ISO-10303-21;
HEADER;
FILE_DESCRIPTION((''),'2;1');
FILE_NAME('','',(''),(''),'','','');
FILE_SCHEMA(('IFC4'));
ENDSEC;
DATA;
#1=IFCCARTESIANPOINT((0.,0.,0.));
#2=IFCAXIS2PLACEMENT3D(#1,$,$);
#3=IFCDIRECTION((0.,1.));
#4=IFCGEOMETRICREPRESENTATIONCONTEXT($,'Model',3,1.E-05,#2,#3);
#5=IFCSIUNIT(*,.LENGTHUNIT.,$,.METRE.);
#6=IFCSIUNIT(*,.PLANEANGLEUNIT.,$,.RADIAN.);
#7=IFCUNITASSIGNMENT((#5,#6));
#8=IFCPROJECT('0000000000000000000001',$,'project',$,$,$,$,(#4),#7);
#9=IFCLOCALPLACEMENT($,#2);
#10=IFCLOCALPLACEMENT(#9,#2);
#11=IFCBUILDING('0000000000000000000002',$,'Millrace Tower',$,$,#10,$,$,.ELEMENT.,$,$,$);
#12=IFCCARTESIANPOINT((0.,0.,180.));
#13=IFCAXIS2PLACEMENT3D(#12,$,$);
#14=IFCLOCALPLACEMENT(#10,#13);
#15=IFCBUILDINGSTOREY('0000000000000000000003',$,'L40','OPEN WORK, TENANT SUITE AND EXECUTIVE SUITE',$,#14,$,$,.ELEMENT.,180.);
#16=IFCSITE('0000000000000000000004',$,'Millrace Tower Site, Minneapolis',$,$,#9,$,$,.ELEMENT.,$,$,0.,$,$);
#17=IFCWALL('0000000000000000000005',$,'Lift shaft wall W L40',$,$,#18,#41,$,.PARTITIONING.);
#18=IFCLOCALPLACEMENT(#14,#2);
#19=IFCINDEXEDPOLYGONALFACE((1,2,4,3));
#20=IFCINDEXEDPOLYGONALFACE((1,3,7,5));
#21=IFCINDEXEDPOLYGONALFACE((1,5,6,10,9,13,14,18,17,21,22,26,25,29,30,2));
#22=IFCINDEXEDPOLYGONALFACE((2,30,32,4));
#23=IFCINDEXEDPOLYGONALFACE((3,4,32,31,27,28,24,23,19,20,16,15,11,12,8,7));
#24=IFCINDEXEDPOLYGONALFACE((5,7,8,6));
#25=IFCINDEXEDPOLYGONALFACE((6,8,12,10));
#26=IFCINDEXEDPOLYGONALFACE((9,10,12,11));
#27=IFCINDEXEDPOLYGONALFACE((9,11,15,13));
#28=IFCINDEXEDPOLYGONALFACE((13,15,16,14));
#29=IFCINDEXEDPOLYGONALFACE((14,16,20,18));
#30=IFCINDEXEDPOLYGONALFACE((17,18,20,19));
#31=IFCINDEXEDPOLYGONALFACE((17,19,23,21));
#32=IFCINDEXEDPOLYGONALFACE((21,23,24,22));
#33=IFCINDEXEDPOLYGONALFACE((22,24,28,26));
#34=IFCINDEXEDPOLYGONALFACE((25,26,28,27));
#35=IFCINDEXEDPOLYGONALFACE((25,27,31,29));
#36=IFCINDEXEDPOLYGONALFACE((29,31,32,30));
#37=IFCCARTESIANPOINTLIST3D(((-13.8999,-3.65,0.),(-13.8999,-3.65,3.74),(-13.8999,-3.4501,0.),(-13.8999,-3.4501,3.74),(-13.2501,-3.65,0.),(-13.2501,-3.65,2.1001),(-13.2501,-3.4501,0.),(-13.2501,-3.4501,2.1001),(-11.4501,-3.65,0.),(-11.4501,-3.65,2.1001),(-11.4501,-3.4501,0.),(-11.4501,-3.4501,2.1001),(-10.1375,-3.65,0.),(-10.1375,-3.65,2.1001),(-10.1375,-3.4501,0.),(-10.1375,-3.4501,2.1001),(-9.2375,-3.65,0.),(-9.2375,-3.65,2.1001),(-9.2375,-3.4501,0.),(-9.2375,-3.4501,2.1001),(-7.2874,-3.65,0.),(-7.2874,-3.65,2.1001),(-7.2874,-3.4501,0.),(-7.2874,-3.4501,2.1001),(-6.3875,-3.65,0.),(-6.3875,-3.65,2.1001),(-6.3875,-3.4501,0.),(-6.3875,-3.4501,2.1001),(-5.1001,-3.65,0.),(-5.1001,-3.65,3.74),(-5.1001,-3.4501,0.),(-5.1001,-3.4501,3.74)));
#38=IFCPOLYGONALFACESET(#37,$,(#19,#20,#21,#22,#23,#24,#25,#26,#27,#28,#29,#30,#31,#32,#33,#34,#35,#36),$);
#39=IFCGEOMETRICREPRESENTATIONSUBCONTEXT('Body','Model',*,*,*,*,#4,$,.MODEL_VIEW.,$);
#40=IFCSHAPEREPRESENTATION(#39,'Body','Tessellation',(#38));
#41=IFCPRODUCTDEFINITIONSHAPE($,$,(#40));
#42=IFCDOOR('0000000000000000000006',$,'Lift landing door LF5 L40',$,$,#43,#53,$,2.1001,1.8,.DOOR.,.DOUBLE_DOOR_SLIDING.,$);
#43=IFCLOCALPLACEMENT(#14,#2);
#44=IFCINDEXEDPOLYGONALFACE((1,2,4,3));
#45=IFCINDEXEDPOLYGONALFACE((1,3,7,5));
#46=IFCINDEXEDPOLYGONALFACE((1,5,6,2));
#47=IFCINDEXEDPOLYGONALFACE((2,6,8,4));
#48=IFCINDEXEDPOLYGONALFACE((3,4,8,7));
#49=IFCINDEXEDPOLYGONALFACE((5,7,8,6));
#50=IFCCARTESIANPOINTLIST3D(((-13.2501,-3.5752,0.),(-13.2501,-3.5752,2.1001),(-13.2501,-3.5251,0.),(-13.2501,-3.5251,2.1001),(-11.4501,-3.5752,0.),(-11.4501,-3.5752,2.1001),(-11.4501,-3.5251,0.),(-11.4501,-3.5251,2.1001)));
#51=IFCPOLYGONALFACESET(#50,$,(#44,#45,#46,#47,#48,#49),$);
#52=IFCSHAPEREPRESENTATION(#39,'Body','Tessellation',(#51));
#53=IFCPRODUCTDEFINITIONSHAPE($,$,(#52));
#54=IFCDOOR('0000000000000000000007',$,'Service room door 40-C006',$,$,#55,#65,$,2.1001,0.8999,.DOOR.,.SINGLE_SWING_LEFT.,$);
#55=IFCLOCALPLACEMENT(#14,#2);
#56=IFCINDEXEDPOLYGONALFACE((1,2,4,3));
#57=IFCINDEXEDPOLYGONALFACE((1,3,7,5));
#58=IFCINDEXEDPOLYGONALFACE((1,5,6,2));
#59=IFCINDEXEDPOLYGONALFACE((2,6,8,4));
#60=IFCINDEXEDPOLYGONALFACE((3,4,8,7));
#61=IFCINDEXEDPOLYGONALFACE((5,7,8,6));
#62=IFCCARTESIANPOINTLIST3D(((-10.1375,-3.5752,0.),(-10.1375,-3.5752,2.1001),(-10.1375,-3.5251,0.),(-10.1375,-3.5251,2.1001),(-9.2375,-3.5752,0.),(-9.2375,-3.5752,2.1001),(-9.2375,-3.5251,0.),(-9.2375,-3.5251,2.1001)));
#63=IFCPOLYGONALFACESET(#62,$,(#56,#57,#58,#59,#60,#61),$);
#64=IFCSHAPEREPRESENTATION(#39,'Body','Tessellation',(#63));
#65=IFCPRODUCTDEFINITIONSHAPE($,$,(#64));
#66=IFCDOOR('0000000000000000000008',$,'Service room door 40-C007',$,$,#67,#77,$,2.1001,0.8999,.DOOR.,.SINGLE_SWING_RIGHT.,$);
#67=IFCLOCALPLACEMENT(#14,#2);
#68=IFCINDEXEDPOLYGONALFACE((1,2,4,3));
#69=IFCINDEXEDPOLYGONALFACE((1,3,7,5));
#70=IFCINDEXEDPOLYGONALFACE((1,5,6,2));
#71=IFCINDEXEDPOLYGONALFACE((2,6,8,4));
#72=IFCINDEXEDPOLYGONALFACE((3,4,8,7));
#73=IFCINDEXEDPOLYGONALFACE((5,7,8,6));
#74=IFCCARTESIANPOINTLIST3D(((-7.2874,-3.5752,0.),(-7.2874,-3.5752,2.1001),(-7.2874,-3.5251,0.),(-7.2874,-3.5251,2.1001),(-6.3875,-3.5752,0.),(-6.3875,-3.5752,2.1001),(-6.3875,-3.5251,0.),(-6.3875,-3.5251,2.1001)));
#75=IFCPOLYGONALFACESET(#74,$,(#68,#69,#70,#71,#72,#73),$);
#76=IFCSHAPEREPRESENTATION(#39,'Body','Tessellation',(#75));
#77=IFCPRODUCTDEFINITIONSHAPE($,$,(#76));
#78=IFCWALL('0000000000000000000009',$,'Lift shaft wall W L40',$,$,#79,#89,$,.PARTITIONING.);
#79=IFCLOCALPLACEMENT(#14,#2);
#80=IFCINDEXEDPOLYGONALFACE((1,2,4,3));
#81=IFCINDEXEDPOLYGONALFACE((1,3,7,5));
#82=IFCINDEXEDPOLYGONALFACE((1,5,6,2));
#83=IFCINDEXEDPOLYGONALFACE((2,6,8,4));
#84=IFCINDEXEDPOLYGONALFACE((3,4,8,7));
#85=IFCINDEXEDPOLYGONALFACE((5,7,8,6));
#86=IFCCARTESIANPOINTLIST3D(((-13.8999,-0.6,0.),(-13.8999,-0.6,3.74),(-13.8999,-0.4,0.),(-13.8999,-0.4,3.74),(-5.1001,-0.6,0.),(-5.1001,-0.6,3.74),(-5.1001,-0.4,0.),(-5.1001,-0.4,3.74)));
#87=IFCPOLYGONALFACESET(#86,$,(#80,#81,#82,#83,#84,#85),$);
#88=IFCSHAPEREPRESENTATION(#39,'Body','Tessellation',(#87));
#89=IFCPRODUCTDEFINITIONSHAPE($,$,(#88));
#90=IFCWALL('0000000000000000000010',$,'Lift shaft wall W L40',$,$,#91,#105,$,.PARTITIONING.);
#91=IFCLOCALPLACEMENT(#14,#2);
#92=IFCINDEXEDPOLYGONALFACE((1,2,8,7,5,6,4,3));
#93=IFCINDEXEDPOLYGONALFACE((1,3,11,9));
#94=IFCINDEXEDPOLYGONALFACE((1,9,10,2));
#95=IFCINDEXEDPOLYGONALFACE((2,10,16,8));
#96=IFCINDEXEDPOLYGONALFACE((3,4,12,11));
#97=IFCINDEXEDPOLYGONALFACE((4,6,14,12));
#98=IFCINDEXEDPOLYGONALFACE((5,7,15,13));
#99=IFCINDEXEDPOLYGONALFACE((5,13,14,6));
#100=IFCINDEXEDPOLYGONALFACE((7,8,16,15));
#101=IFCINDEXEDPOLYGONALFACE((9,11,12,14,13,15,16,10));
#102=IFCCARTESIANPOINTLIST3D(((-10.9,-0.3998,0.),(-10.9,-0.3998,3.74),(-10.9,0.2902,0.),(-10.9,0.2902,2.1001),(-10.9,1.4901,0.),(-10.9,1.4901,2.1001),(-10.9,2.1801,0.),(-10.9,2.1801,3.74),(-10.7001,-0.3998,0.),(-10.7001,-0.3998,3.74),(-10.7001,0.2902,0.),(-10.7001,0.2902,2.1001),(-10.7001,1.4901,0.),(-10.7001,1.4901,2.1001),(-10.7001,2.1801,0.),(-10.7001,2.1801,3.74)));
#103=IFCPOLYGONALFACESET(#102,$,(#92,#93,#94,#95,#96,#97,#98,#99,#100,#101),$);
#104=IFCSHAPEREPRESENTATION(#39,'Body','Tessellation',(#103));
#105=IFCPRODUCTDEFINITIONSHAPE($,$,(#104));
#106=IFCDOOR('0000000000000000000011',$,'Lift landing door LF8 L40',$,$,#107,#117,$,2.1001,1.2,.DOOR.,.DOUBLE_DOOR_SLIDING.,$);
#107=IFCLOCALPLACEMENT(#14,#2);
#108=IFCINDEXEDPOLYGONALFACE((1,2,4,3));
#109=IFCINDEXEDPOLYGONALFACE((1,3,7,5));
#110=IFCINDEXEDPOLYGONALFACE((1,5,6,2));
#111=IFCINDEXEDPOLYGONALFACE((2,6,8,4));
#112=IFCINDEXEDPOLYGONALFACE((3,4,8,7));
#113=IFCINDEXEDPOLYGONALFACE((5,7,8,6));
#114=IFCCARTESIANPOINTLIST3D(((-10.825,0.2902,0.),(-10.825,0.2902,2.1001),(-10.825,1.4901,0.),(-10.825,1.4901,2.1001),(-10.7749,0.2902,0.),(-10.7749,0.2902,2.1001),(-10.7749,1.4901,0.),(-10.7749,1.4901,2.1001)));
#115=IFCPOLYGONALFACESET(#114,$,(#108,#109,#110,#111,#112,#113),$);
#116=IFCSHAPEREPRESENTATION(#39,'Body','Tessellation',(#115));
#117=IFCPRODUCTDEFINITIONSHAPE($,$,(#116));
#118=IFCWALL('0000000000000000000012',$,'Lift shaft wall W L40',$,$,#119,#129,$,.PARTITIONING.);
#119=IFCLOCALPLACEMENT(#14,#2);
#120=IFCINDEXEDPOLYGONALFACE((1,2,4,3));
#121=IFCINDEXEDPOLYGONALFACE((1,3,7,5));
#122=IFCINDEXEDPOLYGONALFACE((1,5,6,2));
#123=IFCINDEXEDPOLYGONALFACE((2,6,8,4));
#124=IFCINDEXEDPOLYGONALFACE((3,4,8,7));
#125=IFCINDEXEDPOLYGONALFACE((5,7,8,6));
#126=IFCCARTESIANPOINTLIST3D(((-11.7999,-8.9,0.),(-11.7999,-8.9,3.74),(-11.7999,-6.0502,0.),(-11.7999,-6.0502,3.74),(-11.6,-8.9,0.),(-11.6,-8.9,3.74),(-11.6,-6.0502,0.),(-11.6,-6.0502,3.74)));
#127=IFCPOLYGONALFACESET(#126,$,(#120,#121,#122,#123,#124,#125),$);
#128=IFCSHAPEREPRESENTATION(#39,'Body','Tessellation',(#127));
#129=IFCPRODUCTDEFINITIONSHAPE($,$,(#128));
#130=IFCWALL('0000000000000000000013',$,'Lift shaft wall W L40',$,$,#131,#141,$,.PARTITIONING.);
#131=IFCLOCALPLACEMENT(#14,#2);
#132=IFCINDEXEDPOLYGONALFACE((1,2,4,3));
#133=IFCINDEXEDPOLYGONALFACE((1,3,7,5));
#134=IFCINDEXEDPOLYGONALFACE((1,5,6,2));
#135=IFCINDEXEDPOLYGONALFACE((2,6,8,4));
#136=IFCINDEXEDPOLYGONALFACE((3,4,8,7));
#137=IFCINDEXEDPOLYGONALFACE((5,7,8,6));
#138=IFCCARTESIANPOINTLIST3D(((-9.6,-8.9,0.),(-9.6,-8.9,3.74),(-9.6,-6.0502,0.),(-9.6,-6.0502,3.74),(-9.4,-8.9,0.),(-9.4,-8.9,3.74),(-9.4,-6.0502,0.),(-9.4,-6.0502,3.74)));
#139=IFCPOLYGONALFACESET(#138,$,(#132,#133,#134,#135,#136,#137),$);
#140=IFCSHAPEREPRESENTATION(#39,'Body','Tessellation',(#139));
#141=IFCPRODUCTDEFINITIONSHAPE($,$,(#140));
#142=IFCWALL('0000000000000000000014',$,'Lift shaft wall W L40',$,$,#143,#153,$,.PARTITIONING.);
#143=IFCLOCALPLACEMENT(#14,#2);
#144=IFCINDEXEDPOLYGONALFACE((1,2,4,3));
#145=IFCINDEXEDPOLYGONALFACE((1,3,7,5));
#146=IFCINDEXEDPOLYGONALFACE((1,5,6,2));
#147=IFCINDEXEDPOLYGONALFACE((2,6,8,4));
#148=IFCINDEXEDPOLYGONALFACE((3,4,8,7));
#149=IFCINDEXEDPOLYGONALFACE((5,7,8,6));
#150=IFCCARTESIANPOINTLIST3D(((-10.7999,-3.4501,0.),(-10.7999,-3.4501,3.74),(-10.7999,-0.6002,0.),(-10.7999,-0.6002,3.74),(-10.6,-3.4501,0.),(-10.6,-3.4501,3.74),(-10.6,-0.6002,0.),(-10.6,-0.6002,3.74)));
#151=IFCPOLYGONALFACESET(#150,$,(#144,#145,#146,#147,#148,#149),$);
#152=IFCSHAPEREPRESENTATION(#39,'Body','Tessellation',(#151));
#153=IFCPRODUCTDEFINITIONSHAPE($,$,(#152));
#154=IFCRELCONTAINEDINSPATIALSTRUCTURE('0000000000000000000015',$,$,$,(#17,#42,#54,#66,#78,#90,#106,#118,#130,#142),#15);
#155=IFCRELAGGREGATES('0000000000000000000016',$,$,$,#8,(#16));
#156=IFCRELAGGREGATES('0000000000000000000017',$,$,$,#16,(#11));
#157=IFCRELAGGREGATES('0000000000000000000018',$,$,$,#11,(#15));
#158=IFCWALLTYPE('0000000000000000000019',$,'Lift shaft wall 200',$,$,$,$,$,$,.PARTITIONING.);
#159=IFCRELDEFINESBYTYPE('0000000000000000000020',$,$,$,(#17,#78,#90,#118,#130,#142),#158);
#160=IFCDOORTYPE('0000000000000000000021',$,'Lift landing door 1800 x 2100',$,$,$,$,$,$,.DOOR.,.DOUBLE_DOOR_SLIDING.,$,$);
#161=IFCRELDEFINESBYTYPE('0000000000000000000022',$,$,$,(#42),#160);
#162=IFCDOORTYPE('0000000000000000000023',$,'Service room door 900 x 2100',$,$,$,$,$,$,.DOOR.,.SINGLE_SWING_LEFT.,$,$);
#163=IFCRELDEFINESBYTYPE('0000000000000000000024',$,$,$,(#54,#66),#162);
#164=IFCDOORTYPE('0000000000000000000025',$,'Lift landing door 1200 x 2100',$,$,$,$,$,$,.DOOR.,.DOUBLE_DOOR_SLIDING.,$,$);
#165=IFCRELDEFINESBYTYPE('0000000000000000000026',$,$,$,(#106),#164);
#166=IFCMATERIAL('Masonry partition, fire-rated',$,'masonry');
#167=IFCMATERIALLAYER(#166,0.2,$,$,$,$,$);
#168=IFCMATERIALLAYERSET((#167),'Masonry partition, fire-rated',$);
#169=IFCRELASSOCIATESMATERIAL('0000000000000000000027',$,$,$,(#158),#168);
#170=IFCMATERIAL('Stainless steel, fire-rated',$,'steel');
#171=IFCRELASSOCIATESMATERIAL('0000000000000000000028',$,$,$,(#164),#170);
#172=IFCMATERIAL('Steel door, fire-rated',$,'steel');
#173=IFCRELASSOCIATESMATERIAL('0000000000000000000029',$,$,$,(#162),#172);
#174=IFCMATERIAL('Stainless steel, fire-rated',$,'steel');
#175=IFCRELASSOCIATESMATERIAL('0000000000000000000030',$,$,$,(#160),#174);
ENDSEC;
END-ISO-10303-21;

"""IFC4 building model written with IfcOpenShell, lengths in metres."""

from ifc_helpers import new_model, si_unit, direction, frame, frame_2d, origin, place, context, subcontext, project, spatial, rectangle, extrude, material, layer, layer_set, type_object, element, fill, save


model = new_model("IFC4")

# Units and contexts
model_context = context("Model", 3, precision=1e-05, world=origin(), true_north=direction((0.0, 1.0)))
body_context = subcontext(model_context, "Body", "Model", "MODEL_VIEW")
ifc_project = project(units=[si_unit("LENGTHUNIT", "METRE"), si_unit("PLANEANGLEUNIT", "RADIAN")], contexts=[model_context])

# Site, building, storey
site_placement = place(None, origin())
site = spatial("IfcSite", under=ifc_project, at=site_placement, Name="Millrace Tower Site, Minneapolis", CompositionType="ELEMENT", RefElevation=0.0)
building_placement = place(site_placement, origin())
building = spatial("IfcBuilding", under=site, at=building_placement, Name="Millrace Tower", CompositionType="ELEMENT")
storey_placement = place(building_placement, frame((0.0, 0.0, 180.0)))
storey = spatial("IfcBuildingStorey", under=building, at=storey_placement, Name="L40", Description="OPEN WORK, TENANT SUITE AND EXECUTIVE SUITE", CompositionType="ELEMENT", Elevation=180.0)

# Wall, openings, doors
ifc_material_1 = material(Name="Masonry partition, fire-rated", Category="masonry")
ifc_layer_1 = layer(ifc_material_1, 0.2)
ifc_layer_set_1 = layer_set([ifc_layer_1], Name="Masonry partition, fire-rated")
wall_type_1 = type_object("IfcWallType", Name="Lift shaft wall 200", PredefinedType="PARTITIONING", material=ifc_layer_set_1)
ifc_material_2 = material(Name="Stainless steel, fire-rated", Category="steel")
door_type_1 = type_object("IfcDoorType", Name="Lift landing door 1200 x 2100", OperationType="DOUBLE_DOOR_SLIDING", PredefinedType="DOOR", material=ifc_material_2)
ifc_material_3 = material(Name="Steel door, fire-rated", Category="steel")
door_type_2 = type_object("IfcDoorType", Name="Service room door 900 x 2100", OperationType="SINGLE_SWING_LEFT", PredefinedType="DOOR", material=ifc_material_3)
wall_1_placement = place(storey_placement, frame((-13.8999, -3.55, 0.0), z_axis=(0.0, 0.0, 1.0), x_axis=(1.0, 0.0, 0.0)))
wall_1 = element("IfcWall", 1, at=wall_1_placement, inside=storey, type_object=wall_type_1, Name="Lift shaft wall W L40", PredefinedType="PARTITIONING", context=body_context, shape_type="SweptSolid", body=[
    extrude(rectangle(XDim=8.7998, YDim=0.2, at=frame_2d((4.3999, 0.0))), origin(), (0.0, 0.0, 1.0), 3.74),
])
opening_1_placement = place(wall_1_placement, frame((0.6499, 0.0, 0.0)))
opening_1 = element("IfcOpeningElement", 2, at=opening_1_placement, cuts=wall_1, PredefinedType="OPENING", context=body_context, shape_type="SweptSolid", body=[
    extrude(rectangle(XDim=1.8, YDim=2.1001, at=frame_2d((0.8999, 1.05))), frame((0.0, 0.1099, 0.0), z_axis=(0.0, -1.0, 0.0), x_axis=(1.0, 0.0, 0.0)), (0.0, 0.0, 1.0), 0.22),
])
opening_2_placement = place(wall_1_placement, frame((3.7625, 0.0, 0.0)))
opening_2 = element("IfcOpeningElement", 3, at=opening_2_placement, cuts=wall_1, PredefinedType="OPENING", context=body_context, shape_type="SweptSolid", body=[
    extrude(rectangle(XDim=0.8999, YDim=2.1001, at=frame_2d((0.45, 1.05))), frame((0.0, 0.1099, 0.0), z_axis=(0.0, -1.0, 0.0), x_axis=(1.0, 0.0, 0.0)), (0.0, 0.0, 1.0), 0.22),
])
opening_3_placement = place(wall_1_placement, frame((6.6125, 0.0, 0.0)))
opening_3 = element("IfcOpeningElement", 4, at=opening_3_placement, cuts=wall_1, PredefinedType="OPENING", context=body_context, shape_type="SweptSolid", body=[
    extrude(rectangle(XDim=0.8999, YDim=2.1001, at=frame_2d((0.45, 1.05))), frame((0.0, 0.1099, 0.0), z_axis=(0.0, -1.0, 0.0), x_axis=(1.0, 0.0, 0.0)), (0.0, 0.0, 1.0), 0.22),
])
ifc_material_4 = material(Name="Stainless steel, fire-rated", Category="steel")
door_type_3 = type_object("IfcDoorType", Name="Lift landing door 1800 x 2100", OperationType="DOUBLE_DOOR_SLIDING", PredefinedType="DOOR", material=ifc_material_4)
door_1_placement = place(opening_1_placement, origin())
door_1 = element("IfcDoor", 5, at=door_1_placement, inside=storey, type_object=door_type_3, Name="Lift landing door LF5 L40", OperationType="DOUBLE_DOOR_SLIDING", OverallHeight=2.1001, OverallWidth=1.8, PredefinedType="DOOR", context=body_context, shape_type="SweptSolid", body=[
    extrude(rectangle(XDim=1.8, YDim=2.1001, at=frame_2d((0.8999, 1.05))), frame((0.0, 0.0249, 0.0), z_axis=(0.0, -1.0, 0.0), x_axis=(1.0, 0.0, 0.0)), (0.0, 0.0, 1.0), 0.05),
])
fill(opening_1, door_1)
door_2_placement = place(opening_2_placement, origin())
door_2 = element("IfcDoor", 6, at=door_2_placement, inside=storey, type_object=door_type_2, Name="Service room door 40-C006", OperationType="SINGLE_SWING_LEFT", OverallHeight=2.1001, OverallWidth=0.8999, PredefinedType="DOOR", context=body_context, shape_type="SweptSolid", body=[
    extrude(rectangle(XDim=0.8999, YDim=2.1001, at=frame_2d((0.45, 1.05))), frame((0.0, 0.0249, 0.0), z_axis=(0.0, -1.0, 0.0), x_axis=(1.0, 0.0, 0.0)), (0.0, 0.0, 1.0), 0.05),
])
fill(opening_2, door_2)
door_3_placement = place(opening_3_placement, origin())
door_3 = element("IfcDoor", 7, at=door_3_placement, inside=storey, type_object=door_type_2, Name="Service room door 40-C007", OperationType="SINGLE_SWING_RIGHT", OverallHeight=2.1001, OverallWidth=0.8999, PredefinedType="DOOR", context=body_context, shape_type="SweptSolid", body=[
    extrude(rectangle(XDim=0.8999, YDim=2.1001, at=frame_2d((0.45, 1.05))), frame((0.0, 0.0249, 0.0), z_axis=(0.0, -1.0, 0.0), x_axis=(1.0, 0.0, 0.0)), (0.0, 0.0, 1.0), 0.05),
])
fill(opening_3, door_3)

# Wall
wall_2_placement = place(storey_placement, frame((-13.8999, -0.5, 0.0), z_axis=(0.0, 0.0, 1.0), x_axis=(1.0, 0.0, 0.0)))
element("IfcWall", 8, at=wall_2_placement, inside=storey, type_object=wall_type_1, Name="Lift shaft wall W L40", PredefinedType="PARTITIONING", context=body_context, shape_type="SweptSolid", body=[
    extrude(rectangle(XDim=8.7998, YDim=0.2, at=frame_2d((4.3999, 0.0))), origin(), (0.0, 0.0, 1.0), 3.74),
])

# Wall, opening, door
wall_3_placement = place(storey_placement, frame((-10.8, -0.3999, 0.0), z_axis=(0.0, 0.0, 1.0), x_axis=(0.0, 1.0, 0.0)))
wall_3 = element("IfcWall", 9, at=wall_3_placement, inside=storey, type_object=wall_type_1, Name="Lift shaft wall W L40", PredefinedType="PARTITIONING", context=body_context, shape_type="SweptSolid", body=[
    extrude(rectangle(XDim=2.5798, YDim=0.2, at=frame_2d((1.29, 0.0))), origin(), (0.0, 0.0, 1.0), 3.74),
])
opening_4_placement = place(wall_3_placement, frame((0.6899, 0.0, 0.0)))
opening_4 = element("IfcOpeningElement", 10, at=opening_4_placement, cuts=wall_3, PredefinedType="OPENING", context=body_context, shape_type="SweptSolid", body=[
    extrude(rectangle(XDim=1.2, YDim=2.1001, at=frame_2d((0.6001, 1.05))), frame((0.0, 0.1099, 0.0), z_axis=(0.0, -1.0, 0.0), x_axis=(1.0, 0.0, 0.0)), (0.0, 0.0, 1.0), 0.22),
])
door_4_placement = place(opening_4_placement, origin())
door_4 = element("IfcDoor", 11, at=door_4_placement, inside=storey, type_object=door_type_1, Name="Lift landing door LF8 L40", OperationType="DOUBLE_DOOR_SLIDING", OverallHeight=2.1001, OverallWidth=1.2, PredefinedType="DOOR", context=body_context, shape_type="SweptSolid", body=[
    extrude(rectangle(XDim=1.2, YDim=2.1001, at=frame_2d((0.6001, 1.05))), frame((0.0, 0.0249, 0.0), z_axis=(0.0, -1.0, 0.0), x_axis=(1.0, 0.0, 0.0)), (0.0, 0.0, 1.0), 0.05),
])
fill(opening_4, door_4)

# Walls
for number, where, z_axis, x_axis, name in (
    (12, (-11.7, -8.8999, 0.0), (0.0, 0.0, 1.0), (0.0, 1.0, 0.0), "Lift shaft wall W L40"),
    (13, (-9.5, -8.8999, 0.0), (0.0, 0.0, 1.0), (0.0, 1.0, 0.0), "Lift shaft wall W L40"),
    (14, (-10.7, -3.45, 0.0), (0.0, 0.0, 1.0), (0.0, 1.0, 0.0), "Lift shaft wall W L40"),
):
    element("IfcWall", number, at=place(storey_placement, frame(where, z_axis=z_axis, x_axis=x_axis)), inside=storey, type_object=wall_type_1, Name=name, PredefinedType="PARTITIONING", context=body_context, shape_type="SweptSolid", body=[
        extrude(rectangle(XDim=2.8499, YDim=0.2, at=frame_2d((1.4248, 0.0))), origin(), (0.0, 0.0, 1.0), 3.74),
    ])

save(model, "model.ifc")
